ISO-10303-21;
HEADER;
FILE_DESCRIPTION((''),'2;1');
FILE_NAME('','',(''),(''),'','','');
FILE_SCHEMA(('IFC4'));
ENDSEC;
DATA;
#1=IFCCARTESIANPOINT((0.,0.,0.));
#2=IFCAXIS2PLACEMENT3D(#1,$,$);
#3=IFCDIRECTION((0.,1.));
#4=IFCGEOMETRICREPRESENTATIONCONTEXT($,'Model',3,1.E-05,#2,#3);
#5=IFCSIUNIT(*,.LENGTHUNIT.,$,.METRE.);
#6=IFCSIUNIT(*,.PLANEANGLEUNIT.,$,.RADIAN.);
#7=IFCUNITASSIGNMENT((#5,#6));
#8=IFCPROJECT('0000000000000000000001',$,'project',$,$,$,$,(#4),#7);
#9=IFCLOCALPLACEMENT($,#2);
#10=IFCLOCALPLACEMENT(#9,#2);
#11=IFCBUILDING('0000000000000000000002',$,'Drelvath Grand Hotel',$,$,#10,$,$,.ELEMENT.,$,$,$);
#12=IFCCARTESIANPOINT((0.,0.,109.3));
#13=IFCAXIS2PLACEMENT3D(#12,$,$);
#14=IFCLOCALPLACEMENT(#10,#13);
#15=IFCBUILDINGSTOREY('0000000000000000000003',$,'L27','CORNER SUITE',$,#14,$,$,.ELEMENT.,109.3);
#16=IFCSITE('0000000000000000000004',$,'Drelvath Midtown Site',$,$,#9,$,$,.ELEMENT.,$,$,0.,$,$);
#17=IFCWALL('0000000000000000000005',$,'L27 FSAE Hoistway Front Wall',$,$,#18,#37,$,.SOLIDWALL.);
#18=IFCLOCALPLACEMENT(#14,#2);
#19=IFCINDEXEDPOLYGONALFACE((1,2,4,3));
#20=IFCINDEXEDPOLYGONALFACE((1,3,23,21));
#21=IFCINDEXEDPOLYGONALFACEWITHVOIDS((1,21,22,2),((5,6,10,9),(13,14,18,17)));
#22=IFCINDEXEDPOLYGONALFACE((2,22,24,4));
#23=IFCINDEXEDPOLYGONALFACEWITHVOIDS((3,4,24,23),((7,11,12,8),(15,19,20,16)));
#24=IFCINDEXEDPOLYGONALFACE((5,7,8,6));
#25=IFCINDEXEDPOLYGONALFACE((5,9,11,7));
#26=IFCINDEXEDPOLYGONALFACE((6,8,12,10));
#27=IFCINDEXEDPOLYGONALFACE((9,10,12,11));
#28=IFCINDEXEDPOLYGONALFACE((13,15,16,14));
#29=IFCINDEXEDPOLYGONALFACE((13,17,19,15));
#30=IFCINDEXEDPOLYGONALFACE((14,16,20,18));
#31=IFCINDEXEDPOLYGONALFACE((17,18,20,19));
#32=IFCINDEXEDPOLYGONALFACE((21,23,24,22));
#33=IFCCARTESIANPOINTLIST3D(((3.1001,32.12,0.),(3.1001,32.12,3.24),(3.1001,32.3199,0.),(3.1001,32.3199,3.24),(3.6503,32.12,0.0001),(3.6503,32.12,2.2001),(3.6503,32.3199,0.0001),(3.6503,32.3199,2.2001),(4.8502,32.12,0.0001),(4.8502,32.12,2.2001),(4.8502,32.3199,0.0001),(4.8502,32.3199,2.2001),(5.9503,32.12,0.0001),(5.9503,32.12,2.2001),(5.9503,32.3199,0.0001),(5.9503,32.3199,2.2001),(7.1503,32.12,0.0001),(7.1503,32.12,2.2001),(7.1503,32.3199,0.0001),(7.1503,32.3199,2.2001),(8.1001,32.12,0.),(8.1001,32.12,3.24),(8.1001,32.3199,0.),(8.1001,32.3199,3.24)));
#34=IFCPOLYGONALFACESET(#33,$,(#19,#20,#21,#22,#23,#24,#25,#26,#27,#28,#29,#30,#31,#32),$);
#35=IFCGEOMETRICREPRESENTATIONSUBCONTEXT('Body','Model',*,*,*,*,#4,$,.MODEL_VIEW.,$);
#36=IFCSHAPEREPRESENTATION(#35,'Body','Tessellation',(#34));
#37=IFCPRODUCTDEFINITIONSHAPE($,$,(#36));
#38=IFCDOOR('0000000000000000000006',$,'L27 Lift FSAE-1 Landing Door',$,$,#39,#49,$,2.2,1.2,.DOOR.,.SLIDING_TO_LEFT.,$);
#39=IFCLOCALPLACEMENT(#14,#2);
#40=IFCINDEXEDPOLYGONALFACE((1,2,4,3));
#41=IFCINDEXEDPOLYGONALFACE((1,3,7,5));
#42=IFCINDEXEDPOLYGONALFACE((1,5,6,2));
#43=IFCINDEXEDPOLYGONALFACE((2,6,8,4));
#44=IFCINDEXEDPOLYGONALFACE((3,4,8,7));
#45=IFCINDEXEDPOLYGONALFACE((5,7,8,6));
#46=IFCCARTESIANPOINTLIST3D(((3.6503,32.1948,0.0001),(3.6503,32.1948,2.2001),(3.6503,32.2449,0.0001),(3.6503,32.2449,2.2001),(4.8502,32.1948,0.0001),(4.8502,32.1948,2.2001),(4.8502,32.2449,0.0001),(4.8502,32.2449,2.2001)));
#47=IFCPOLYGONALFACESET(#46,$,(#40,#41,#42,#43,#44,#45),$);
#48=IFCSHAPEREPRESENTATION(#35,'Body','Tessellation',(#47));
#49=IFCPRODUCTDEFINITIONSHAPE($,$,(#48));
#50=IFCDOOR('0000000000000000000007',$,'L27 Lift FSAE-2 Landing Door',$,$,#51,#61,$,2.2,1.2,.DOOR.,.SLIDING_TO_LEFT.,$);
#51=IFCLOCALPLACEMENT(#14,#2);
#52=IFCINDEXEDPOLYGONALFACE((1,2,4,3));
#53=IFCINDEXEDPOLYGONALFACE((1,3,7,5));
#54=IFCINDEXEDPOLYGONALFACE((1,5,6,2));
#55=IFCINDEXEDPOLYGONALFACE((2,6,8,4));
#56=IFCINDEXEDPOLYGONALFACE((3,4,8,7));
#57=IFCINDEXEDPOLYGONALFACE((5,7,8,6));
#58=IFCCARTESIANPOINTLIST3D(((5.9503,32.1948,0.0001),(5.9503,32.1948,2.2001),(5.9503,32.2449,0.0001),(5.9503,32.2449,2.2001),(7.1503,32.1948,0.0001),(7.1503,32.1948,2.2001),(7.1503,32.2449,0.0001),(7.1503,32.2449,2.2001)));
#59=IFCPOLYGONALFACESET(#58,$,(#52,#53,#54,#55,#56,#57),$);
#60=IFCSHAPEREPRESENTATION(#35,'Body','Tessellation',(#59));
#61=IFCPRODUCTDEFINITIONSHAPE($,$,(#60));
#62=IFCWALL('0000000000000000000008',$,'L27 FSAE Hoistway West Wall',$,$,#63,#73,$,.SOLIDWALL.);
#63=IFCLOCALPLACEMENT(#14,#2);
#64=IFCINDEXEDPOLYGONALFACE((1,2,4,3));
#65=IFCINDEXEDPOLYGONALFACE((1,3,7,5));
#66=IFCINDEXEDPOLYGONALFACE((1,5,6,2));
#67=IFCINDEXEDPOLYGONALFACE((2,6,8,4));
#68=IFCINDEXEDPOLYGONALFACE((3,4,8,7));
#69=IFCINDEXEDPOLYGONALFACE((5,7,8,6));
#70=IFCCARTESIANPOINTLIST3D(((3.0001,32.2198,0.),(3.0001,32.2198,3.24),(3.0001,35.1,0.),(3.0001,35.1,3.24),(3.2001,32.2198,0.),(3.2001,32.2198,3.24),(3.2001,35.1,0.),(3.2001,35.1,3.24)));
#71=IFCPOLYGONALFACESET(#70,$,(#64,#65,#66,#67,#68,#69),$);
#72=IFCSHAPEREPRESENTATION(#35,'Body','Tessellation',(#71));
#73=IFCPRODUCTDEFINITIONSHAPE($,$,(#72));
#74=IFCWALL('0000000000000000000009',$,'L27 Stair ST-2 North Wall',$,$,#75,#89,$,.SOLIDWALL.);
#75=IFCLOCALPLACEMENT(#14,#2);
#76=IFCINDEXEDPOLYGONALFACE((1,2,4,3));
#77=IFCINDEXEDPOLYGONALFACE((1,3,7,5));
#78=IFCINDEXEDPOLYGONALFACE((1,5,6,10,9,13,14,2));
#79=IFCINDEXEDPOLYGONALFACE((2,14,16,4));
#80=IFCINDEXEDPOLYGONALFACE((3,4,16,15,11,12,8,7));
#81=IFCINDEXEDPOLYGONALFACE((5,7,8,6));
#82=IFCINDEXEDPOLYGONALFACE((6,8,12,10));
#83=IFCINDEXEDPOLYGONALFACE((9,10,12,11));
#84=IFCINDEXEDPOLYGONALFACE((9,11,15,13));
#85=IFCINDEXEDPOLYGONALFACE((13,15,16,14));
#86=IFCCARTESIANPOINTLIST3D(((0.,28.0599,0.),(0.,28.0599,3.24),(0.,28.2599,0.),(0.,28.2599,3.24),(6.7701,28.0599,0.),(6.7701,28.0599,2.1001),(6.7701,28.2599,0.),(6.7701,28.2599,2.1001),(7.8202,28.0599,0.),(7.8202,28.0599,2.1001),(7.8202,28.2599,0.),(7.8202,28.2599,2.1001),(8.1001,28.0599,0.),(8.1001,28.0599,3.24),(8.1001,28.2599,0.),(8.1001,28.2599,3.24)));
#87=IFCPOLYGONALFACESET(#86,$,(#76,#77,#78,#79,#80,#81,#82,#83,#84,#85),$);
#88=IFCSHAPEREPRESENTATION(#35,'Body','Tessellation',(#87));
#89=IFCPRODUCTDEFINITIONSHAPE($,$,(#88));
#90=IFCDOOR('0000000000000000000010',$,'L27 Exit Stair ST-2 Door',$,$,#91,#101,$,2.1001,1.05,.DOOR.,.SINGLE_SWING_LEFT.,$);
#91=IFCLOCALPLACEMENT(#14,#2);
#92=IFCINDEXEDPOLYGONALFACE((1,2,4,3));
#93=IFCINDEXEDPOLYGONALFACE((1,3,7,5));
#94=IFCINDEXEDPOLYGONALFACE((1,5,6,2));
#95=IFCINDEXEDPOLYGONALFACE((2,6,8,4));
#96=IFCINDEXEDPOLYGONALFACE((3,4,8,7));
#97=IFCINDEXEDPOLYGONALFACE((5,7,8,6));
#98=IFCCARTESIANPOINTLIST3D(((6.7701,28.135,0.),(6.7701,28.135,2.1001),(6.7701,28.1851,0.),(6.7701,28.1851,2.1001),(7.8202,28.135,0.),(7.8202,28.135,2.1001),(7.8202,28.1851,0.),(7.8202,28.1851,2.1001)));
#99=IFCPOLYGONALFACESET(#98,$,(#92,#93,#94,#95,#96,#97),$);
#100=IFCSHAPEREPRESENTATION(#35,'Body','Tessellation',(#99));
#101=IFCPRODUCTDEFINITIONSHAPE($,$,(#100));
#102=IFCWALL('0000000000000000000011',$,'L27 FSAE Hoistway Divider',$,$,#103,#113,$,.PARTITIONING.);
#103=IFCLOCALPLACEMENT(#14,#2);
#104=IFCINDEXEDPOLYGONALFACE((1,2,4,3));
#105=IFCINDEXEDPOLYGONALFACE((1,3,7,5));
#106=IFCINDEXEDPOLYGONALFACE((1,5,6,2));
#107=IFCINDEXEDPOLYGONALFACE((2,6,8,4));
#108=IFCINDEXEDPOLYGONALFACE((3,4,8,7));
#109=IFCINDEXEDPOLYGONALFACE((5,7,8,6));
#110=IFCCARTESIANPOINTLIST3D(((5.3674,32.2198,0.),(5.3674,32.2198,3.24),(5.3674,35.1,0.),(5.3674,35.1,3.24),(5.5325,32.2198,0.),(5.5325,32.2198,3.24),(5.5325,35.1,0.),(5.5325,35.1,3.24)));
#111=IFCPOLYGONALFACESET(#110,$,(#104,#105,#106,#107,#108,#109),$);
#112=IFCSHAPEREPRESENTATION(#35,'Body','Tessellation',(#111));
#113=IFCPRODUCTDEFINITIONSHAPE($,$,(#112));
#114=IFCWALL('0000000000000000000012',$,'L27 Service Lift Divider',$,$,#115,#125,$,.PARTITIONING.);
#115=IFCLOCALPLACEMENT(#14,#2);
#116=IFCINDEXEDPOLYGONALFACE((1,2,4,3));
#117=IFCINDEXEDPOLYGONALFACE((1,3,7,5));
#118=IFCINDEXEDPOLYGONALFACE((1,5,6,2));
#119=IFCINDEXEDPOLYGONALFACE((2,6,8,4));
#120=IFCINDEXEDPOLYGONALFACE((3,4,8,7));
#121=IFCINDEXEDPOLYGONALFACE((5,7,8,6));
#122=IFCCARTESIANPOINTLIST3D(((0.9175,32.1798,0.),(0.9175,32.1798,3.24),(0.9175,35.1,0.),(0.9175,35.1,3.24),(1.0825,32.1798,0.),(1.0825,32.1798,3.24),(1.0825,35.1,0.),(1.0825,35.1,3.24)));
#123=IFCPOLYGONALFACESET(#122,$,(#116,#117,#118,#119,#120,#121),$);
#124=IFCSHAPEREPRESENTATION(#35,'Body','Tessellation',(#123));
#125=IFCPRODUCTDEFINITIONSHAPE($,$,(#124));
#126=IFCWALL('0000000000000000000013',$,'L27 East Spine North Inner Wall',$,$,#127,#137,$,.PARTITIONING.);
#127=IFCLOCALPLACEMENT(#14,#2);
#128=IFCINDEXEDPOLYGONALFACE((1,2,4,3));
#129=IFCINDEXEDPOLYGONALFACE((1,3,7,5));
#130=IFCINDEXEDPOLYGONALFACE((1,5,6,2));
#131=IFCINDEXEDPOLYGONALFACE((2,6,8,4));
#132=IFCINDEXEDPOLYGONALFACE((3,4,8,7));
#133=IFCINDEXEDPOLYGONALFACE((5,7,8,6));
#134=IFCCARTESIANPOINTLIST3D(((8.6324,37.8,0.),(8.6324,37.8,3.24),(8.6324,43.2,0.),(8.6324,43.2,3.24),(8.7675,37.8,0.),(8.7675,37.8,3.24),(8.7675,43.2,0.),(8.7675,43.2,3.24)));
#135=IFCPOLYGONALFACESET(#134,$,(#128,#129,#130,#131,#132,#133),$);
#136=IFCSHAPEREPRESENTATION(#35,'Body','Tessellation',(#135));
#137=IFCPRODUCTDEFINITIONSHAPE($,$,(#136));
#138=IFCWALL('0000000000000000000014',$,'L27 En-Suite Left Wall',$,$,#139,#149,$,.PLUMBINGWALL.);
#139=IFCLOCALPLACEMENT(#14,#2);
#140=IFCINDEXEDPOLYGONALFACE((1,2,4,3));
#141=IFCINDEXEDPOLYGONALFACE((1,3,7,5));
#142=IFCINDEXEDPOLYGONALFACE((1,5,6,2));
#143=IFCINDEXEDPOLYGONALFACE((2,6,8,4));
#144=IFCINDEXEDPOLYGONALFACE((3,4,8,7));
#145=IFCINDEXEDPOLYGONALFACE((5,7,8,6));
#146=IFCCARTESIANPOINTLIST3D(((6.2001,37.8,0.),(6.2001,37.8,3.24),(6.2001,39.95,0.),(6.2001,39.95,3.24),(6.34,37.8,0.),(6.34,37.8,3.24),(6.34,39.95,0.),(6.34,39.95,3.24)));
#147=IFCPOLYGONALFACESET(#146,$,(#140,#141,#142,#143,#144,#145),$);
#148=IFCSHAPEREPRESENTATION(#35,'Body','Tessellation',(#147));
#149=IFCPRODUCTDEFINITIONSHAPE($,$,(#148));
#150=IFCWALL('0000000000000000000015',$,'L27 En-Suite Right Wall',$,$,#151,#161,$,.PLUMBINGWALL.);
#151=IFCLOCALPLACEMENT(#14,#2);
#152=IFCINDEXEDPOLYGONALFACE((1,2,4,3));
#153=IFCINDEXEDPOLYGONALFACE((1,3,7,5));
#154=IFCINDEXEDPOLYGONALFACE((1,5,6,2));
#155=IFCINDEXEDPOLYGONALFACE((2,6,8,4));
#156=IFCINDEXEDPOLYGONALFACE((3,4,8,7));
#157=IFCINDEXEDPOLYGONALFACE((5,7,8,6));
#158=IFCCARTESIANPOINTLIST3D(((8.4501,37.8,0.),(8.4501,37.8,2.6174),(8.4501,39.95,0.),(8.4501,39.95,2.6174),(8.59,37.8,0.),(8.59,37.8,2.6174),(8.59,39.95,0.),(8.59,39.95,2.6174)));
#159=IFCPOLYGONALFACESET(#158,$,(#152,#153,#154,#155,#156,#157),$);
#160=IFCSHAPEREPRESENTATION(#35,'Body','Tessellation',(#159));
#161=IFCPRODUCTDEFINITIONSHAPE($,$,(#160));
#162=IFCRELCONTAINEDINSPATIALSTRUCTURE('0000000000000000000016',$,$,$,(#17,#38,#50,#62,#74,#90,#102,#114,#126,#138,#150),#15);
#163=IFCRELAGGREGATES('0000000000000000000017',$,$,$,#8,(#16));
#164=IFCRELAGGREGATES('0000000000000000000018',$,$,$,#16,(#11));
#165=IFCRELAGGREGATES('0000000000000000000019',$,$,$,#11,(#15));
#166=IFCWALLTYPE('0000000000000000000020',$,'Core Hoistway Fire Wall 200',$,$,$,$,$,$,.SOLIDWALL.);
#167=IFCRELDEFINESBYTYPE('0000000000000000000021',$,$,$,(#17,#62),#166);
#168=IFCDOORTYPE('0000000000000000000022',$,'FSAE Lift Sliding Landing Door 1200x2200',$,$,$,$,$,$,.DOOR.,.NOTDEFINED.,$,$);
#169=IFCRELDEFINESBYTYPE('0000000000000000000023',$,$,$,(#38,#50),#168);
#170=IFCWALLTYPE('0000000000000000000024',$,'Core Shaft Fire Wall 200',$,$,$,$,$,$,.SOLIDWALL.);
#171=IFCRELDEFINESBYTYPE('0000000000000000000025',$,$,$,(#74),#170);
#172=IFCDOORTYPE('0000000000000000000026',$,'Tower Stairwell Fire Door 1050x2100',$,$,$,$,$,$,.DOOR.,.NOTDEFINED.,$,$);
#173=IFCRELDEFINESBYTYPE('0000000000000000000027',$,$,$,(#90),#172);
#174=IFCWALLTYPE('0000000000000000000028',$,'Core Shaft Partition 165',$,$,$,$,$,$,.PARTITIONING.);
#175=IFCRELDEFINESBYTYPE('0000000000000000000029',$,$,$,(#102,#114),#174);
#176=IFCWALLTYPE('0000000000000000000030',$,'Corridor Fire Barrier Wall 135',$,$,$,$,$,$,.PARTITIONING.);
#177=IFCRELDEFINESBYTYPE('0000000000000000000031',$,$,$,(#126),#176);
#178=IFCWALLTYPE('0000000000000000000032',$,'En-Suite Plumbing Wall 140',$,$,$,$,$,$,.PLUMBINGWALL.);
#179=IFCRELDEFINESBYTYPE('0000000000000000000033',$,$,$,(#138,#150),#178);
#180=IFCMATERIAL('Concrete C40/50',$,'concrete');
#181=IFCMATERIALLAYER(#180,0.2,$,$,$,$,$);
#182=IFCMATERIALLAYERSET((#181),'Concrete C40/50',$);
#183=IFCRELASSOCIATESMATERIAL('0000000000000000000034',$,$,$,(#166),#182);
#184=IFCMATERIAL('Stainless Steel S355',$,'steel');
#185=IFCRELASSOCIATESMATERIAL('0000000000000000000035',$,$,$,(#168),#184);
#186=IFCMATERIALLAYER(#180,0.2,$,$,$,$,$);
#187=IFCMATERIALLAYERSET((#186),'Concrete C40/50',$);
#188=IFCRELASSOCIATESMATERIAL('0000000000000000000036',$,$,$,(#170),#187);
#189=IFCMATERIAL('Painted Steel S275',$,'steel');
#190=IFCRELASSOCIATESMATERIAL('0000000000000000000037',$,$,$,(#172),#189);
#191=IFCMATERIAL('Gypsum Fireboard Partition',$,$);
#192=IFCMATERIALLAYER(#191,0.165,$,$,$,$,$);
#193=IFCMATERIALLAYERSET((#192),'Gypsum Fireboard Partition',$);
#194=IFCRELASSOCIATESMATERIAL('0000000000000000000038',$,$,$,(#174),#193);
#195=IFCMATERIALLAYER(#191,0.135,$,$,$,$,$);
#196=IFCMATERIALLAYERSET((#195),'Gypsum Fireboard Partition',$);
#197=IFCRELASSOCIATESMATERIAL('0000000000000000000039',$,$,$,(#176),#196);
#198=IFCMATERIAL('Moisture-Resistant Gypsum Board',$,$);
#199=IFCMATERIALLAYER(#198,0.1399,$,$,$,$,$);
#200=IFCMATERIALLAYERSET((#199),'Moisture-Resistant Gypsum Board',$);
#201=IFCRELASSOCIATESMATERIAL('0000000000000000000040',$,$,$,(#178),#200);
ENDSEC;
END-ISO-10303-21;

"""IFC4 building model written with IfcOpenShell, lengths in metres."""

from ifc_helpers import new_model, si_unit, direction, frame, frame_2d, origin, place, context, subcontext, project, spatial, rectangle, extrude, material, layer, layer_set, type_object, element, fill, save


model = new_model("IFC4")

# Units and contexts
model_context = context("Model", 3, precision=1e-05, world=origin(), true_north=direction((0.0, 1.0)))
body_context = subcontext(model_context, "Body", "Model", "MODEL_VIEW")
ifc_project = project(units=[si_unit("LENGTHUNIT", "METRE"), si_unit("PLANEANGLEUNIT", "RADIAN")], contexts=[model_context])

# Site, building, storey
site_placement = place(None, origin())
site = spatial("IfcSite", under=ifc_project, at=site_placement, Name="Drelvath Midtown Site", CompositionType="ELEMENT", RefElevation=0.0)
building_placement = place(site_placement, origin())
building = spatial("IfcBuilding", under=site, at=building_placement, Name="Drelvath Grand Hotel", CompositionType="ELEMENT")
storey_placement = place(building_placement, frame((0.0, 0.0, 109.3)))
storey = spatial("IfcBuildingStorey", under=building, at=storey_placement, Name="L27", Description="CORNER SUITE", CompositionType="ELEMENT", Elevation=109.3)

# Wall, openings, doors
ifc_material_1 = material(Name="Concrete C40/50", Category="concrete")
ifc_layer_1 = layer(ifc_material_1, 0.2)
ifc_layer_set_1 = layer_set([ifc_layer_1], Name="Concrete C40/50")
wall_type_1 = type_object("IfcWallType", Name="Core Hoistway Fire Wall 200", PredefinedType="SOLIDWALL", material=ifc_layer_set_1)
wall_1_placement = place(storey_placement, frame((3.1001, 32.22, 0.0), z_axis=(0.0, 0.0, 1.0), x_axis=(1.0, 0.0, 0.0)))
wall_1 = element("IfcWall", 1, at=wall_1_placement, inside=storey, type_object=wall_type_1, Name="L27 FSAE Hoistway Front Wall", PredefinedType="SOLIDWALL", context=body_context, shape_type="SweptSolid", body=[
    extrude(rectangle(XDim=5.0, YDim=0.2, at=frame_2d((2.5, 0.0))), origin(), (0.0, 0.0, 1.0), 3.24),
])
opening_1_placement = place(wall_1_placement, frame((0.55, 0.0, 0.0)))
opening_1 = element("IfcOpeningElement", 2, at=opening_1_placement, cuts=wall_1, PredefinedType="OPENING", context=body_context, shape_type="SweptSolid", body=[
    extrude(rectangle(XDim=1.2, YDim=2.2, at=frame_2d((0.6001, 1.1001))), frame((0.0, 0.1099, 0.0), z_axis=(0.0, -1.0, 0.0), x_axis=(1.0, 0.0, 0.0)), (0.0, 0.0, 1.0), 0.22),
])
opening_2_placement = place(wall_1_placement, frame((2.8501, 0.0, 0.0)))
opening_2 = element("IfcOpeningElement", 3, at=opening_2_placement, cuts=wall_1, PredefinedType="OPENING", context=body_context, shape_type="SweptSolid", body=[
    extrude(rectangle(XDim=1.2, YDim=2.2, at=frame_2d((0.6001, 1.1001))), frame((0.0, 0.1099, 0.0), z_axis=(0.0, -1.0, 0.0), x_axis=(1.0, 0.0, 0.0)), (0.0, 0.0, 1.0), 0.22),
])
ifc_material_2 = material(Name="Stainless Steel S355", Category="steel")
door_type_1 = type_object("IfcDoorType", Name="FSAE Lift Sliding Landing Door 1200x2200", OperationType="NOTDEFINED", PredefinedType="DOOR", material=ifc_material_2)
door_1_placement = place(opening_1_placement, origin())
door_1 = element("IfcDoor", 4, at=door_1_placement, inside=storey, type_object=door_type_1, Name="L27 Lift FSAE-1 Landing Door", OperationType="SLIDING_TO_LEFT", OverallHeight=2.2, OverallWidth=1.2, PredefinedType="DOOR", context=body_context, shape_type="SweptSolid", body=[
    extrude(rectangle(XDim=1.2, YDim=2.2, at=frame_2d((0.6001, 1.1001))), frame((0.0, 0.0249, 0.0), z_axis=(0.0, -1.0, 0.0), x_axis=(1.0, 0.0, 0.0)), (0.0, 0.0, 1.0), 0.05),
])
fill(opening_1, door_1)
door_2_placement = place(opening_2_placement, origin())
door_2 = element("IfcDoor", 5, at=door_2_placement, inside=storey, type_object=door_type_1, Name="L27 Lift FSAE-2 Landing Door", OperationType="SLIDING_TO_LEFT", OverallHeight=2.2, OverallWidth=1.2, PredefinedType="DOOR", context=body_context, shape_type="SweptSolid", body=[
    extrude(rectangle(XDim=1.2, YDim=2.2, at=frame_2d((0.6001, 1.1001))), frame((0.0, 0.0249, 0.0), z_axis=(0.0, -1.0, 0.0), x_axis=(1.0, 0.0, 0.0)), (0.0, 0.0, 1.0), 0.05),
])
fill(opening_2, door_2)

# Wall
wall_2_placement = place(storey_placement, frame((3.1001, 32.22, 0.0), z_axis=(0.0, 0.0, 1.0), x_axis=(0.0, 1.0, 0.0)))
element("IfcWall", 6, at=wall_2_placement, inside=storey, type_object=wall_type_1, Name="L27 FSAE Hoistway West Wall", PredefinedType="SOLIDWALL", context=body_context, shape_type="SweptSolid", body=[
    extrude(rectangle(XDim=2.8801, YDim=0.2, at=frame_2d((1.4399, 0.0))), origin(), (0.0, 0.0, 1.0), 3.24),
])

# Wall, opening, door
ifc_layer_2 = layer(ifc_material_1, 0.2)
ifc_layer_set_2 = layer_set([ifc_layer_2], Name="Concrete C40/50")
wall_type_2 = type_object("IfcWallType", Name="Core Shaft Fire Wall 200", PredefinedType="SOLIDWALL", material=ifc_layer_set_2)
wall_3_placement = place(storey_placement, frame((8.1001, 28.1599, 0.0), z_axis=(0.0, 0.0, 1.0), x_axis=(-1.0, 0.0, 0.0)))
wall_3 = element("IfcWall", 7, at=wall_3_placement, inside=storey, type_object=wall_type_2, Name="L27 Stair ST-2 North Wall", PredefinedType="SOLIDWALL", context=body_context, shape_type="SweptSolid", body=[
    extrude(rectangle(XDim=8.1001, YDim=0.2, at=frame_2d((4.05, 0.0))), origin(), (0.0, 0.0, 1.0), 3.24),
])
opening_3_placement = place(wall_3_placement, frame((0.28, 0.0, 0.0)))
opening_3 = element("IfcOpeningElement", 8, at=opening_3_placement, cuts=wall_3, PredefinedType="OPENING", context=body_context, shape_type="SweptSolid", body=[
    extrude(rectangle(XDim=1.05, YDim=2.1001, at=frame_2d((0.5249, 1.05))), frame((0.0, 0.1099, 0.0), z_axis=(0.0, -1.0, 0.0), x_axis=(1.0, 0.0, 0.0)), (0.0, 0.0, 1.0), 0.22),
])
ifc_material_3 = material(Name="Painted Steel S275", Category="steel")
door_type_2 = type_object("IfcDoorType", Name="Tower Stairwell Fire Door 1050x2100", OperationType="NOTDEFINED", PredefinedType="DOOR", material=ifc_material_3)
door_3_placement = place(opening_3_placement, origin())
door_3 = element("IfcDoor", 9, at=door_3_placement, inside=storey, type_object=door_type_2, Name="L27 Exit Stair ST-2 Door", OperationType="SINGLE_SWING_LEFT", OverallHeight=2.1001, OverallWidth=1.05, PredefinedType="DOOR", context=body_context, shape_type="SweptSolid", body=[
    extrude(rectangle(XDim=1.05, YDim=2.1001, at=frame_2d((0.5249, 1.05))), frame((0.0, 0.0249, 0.0), z_axis=(0.0, -1.0, 0.0), x_axis=(1.0, 0.0, 0.0)), (0.0, 0.0, 1.0), 0.05),
])
fill(opening_3, door_3)

# Walls
ifc_material_4 = material(Name="Gypsum Fireboard Partition")
ifc_layer_3 = layer(ifc_material_4, 0.165)
ifc_layer_set_3 = layer_set([ifc_layer_3], Name="Gypsum Fireboard Partition")
wall_type_3 = type_object("IfcWallType", Name="Core Shaft Partition 165", PredefinedType="PARTITIONING", material=ifc_layer_set_3)
wall_4_placement = place(storey_placement, frame((5.45, 32.22, 0.0), z_axis=(0.0, 0.0, 1.0), x_axis=(0.0, 1.0, 0.0)))
element("IfcWall", 10, at=wall_4_placement, inside=storey, type_object=wall_type_3, Name="L27 FSAE Hoistway Divider", PredefinedType="PARTITIONING", context=body_context, shape_type="SweptSolid", body=[
    extrude(rectangle(XDim=2.8801, YDim=0.165, at=frame_2d((1.4399, 0.0))), origin(), (0.0, 0.0, 1.0), 3.24),
])
wall_5_placement = place(storey_placement, frame((1.0, 32.1799, 0.0), z_axis=(0.0, 0.0, 1.0), x_axis=(0.0, 1.0, 0.0)))
element("IfcWall", 11, at=wall_5_placement, inside=storey, type_object=wall_type_3, Name="L27 Service Lift Divider", PredefinedType="PARTITIONING", context=body_context, shape_type="SweptSolid", body=[
    extrude(rectangle(XDim=2.9202, YDim=0.165, at=frame_2d((1.46, 0.0))), origin(), (0.0, 0.0, 1.0), 3.24),
])
ifc_layer_4 = layer(ifc_material_4, 0.135)
ifc_layer_set_4 = layer_set([ifc_layer_4], Name="Gypsum Fireboard Partition")
wall_type_4 = type_object("IfcWallType", Name="Corridor Fire Barrier Wall 135", PredefinedType="PARTITIONING", material=ifc_layer_set_4)
wall_6_placement = place(storey_placement, frame((8.7, 37.8, 0.0), z_axis=(0.0, 0.0, 1.0), x_axis=(0.0, 1.0, 0.0)))
element("IfcWall", 12, at=wall_6_placement, inside=storey, type_object=wall_type_4, Name="L27 East Spine North Inner Wall", PredefinedType="PARTITIONING", context=body_context, shape_type="SweptSolid", body=[
    extrude(rectangle(XDim=5.3999, YDim=0.135, at=frame_2d((2.7, 0.0))), origin(), (0.0, 0.0, 1.0), 3.24),
])
ifc_material_5 = material(Name="Moisture-Resistant Gypsum Board")
ifc_layer_5 = layer(ifc_material_5, 0.1399)
ifc_layer_set_5 = layer_set([ifc_layer_5], Name="Moisture-Resistant Gypsum Board")
wall_type_5 = type_object("IfcWallType", Name="En-Suite Plumbing Wall 140", PredefinedType="PLUMBINGWALL", material=ifc_layer_set_5)
wall_7_placement = place(storey_placement, frame((6.27, 37.8, 0.0), z_axis=(0.0, 0.0, 1.0), x_axis=(0.0, 1.0, 0.0)))
element("IfcWall", 13, at=wall_7_placement, inside=storey, type_object=wall_type_5, Name="L27 En-Suite Left Wall", PredefinedType="PLUMBINGWALL", context=body_context, shape_type="SweptSolid", body=[
    extrude(rectangle(XDim=2.1499, YDim=0.1399, at=frame_2d((1.075, 0.0))), origin(), (0.0, 0.0, 1.0), 3.24),
])
wall_8_placement = place(storey_placement, frame((8.52, 37.8, 0.0), z_axis=(0.0, 0.0, 1.0), x_axis=(0.0, 1.0, 0.0)))
element("IfcWall", 14, at=wall_8_placement, inside=storey, type_object=wall_type_5, Name="L27 En-Suite Right Wall", PredefinedType="PLUMBINGWALL", context=body_context, shape_type="SweptSolid", body=[
    extrude(rectangle(XDim=2.1499, YDim=0.1399, at=frame_2d((1.075, 0.0))), origin(), (0.0, 0.0, 1.0), 2.6174),
])

save(model, "model.ifc")
